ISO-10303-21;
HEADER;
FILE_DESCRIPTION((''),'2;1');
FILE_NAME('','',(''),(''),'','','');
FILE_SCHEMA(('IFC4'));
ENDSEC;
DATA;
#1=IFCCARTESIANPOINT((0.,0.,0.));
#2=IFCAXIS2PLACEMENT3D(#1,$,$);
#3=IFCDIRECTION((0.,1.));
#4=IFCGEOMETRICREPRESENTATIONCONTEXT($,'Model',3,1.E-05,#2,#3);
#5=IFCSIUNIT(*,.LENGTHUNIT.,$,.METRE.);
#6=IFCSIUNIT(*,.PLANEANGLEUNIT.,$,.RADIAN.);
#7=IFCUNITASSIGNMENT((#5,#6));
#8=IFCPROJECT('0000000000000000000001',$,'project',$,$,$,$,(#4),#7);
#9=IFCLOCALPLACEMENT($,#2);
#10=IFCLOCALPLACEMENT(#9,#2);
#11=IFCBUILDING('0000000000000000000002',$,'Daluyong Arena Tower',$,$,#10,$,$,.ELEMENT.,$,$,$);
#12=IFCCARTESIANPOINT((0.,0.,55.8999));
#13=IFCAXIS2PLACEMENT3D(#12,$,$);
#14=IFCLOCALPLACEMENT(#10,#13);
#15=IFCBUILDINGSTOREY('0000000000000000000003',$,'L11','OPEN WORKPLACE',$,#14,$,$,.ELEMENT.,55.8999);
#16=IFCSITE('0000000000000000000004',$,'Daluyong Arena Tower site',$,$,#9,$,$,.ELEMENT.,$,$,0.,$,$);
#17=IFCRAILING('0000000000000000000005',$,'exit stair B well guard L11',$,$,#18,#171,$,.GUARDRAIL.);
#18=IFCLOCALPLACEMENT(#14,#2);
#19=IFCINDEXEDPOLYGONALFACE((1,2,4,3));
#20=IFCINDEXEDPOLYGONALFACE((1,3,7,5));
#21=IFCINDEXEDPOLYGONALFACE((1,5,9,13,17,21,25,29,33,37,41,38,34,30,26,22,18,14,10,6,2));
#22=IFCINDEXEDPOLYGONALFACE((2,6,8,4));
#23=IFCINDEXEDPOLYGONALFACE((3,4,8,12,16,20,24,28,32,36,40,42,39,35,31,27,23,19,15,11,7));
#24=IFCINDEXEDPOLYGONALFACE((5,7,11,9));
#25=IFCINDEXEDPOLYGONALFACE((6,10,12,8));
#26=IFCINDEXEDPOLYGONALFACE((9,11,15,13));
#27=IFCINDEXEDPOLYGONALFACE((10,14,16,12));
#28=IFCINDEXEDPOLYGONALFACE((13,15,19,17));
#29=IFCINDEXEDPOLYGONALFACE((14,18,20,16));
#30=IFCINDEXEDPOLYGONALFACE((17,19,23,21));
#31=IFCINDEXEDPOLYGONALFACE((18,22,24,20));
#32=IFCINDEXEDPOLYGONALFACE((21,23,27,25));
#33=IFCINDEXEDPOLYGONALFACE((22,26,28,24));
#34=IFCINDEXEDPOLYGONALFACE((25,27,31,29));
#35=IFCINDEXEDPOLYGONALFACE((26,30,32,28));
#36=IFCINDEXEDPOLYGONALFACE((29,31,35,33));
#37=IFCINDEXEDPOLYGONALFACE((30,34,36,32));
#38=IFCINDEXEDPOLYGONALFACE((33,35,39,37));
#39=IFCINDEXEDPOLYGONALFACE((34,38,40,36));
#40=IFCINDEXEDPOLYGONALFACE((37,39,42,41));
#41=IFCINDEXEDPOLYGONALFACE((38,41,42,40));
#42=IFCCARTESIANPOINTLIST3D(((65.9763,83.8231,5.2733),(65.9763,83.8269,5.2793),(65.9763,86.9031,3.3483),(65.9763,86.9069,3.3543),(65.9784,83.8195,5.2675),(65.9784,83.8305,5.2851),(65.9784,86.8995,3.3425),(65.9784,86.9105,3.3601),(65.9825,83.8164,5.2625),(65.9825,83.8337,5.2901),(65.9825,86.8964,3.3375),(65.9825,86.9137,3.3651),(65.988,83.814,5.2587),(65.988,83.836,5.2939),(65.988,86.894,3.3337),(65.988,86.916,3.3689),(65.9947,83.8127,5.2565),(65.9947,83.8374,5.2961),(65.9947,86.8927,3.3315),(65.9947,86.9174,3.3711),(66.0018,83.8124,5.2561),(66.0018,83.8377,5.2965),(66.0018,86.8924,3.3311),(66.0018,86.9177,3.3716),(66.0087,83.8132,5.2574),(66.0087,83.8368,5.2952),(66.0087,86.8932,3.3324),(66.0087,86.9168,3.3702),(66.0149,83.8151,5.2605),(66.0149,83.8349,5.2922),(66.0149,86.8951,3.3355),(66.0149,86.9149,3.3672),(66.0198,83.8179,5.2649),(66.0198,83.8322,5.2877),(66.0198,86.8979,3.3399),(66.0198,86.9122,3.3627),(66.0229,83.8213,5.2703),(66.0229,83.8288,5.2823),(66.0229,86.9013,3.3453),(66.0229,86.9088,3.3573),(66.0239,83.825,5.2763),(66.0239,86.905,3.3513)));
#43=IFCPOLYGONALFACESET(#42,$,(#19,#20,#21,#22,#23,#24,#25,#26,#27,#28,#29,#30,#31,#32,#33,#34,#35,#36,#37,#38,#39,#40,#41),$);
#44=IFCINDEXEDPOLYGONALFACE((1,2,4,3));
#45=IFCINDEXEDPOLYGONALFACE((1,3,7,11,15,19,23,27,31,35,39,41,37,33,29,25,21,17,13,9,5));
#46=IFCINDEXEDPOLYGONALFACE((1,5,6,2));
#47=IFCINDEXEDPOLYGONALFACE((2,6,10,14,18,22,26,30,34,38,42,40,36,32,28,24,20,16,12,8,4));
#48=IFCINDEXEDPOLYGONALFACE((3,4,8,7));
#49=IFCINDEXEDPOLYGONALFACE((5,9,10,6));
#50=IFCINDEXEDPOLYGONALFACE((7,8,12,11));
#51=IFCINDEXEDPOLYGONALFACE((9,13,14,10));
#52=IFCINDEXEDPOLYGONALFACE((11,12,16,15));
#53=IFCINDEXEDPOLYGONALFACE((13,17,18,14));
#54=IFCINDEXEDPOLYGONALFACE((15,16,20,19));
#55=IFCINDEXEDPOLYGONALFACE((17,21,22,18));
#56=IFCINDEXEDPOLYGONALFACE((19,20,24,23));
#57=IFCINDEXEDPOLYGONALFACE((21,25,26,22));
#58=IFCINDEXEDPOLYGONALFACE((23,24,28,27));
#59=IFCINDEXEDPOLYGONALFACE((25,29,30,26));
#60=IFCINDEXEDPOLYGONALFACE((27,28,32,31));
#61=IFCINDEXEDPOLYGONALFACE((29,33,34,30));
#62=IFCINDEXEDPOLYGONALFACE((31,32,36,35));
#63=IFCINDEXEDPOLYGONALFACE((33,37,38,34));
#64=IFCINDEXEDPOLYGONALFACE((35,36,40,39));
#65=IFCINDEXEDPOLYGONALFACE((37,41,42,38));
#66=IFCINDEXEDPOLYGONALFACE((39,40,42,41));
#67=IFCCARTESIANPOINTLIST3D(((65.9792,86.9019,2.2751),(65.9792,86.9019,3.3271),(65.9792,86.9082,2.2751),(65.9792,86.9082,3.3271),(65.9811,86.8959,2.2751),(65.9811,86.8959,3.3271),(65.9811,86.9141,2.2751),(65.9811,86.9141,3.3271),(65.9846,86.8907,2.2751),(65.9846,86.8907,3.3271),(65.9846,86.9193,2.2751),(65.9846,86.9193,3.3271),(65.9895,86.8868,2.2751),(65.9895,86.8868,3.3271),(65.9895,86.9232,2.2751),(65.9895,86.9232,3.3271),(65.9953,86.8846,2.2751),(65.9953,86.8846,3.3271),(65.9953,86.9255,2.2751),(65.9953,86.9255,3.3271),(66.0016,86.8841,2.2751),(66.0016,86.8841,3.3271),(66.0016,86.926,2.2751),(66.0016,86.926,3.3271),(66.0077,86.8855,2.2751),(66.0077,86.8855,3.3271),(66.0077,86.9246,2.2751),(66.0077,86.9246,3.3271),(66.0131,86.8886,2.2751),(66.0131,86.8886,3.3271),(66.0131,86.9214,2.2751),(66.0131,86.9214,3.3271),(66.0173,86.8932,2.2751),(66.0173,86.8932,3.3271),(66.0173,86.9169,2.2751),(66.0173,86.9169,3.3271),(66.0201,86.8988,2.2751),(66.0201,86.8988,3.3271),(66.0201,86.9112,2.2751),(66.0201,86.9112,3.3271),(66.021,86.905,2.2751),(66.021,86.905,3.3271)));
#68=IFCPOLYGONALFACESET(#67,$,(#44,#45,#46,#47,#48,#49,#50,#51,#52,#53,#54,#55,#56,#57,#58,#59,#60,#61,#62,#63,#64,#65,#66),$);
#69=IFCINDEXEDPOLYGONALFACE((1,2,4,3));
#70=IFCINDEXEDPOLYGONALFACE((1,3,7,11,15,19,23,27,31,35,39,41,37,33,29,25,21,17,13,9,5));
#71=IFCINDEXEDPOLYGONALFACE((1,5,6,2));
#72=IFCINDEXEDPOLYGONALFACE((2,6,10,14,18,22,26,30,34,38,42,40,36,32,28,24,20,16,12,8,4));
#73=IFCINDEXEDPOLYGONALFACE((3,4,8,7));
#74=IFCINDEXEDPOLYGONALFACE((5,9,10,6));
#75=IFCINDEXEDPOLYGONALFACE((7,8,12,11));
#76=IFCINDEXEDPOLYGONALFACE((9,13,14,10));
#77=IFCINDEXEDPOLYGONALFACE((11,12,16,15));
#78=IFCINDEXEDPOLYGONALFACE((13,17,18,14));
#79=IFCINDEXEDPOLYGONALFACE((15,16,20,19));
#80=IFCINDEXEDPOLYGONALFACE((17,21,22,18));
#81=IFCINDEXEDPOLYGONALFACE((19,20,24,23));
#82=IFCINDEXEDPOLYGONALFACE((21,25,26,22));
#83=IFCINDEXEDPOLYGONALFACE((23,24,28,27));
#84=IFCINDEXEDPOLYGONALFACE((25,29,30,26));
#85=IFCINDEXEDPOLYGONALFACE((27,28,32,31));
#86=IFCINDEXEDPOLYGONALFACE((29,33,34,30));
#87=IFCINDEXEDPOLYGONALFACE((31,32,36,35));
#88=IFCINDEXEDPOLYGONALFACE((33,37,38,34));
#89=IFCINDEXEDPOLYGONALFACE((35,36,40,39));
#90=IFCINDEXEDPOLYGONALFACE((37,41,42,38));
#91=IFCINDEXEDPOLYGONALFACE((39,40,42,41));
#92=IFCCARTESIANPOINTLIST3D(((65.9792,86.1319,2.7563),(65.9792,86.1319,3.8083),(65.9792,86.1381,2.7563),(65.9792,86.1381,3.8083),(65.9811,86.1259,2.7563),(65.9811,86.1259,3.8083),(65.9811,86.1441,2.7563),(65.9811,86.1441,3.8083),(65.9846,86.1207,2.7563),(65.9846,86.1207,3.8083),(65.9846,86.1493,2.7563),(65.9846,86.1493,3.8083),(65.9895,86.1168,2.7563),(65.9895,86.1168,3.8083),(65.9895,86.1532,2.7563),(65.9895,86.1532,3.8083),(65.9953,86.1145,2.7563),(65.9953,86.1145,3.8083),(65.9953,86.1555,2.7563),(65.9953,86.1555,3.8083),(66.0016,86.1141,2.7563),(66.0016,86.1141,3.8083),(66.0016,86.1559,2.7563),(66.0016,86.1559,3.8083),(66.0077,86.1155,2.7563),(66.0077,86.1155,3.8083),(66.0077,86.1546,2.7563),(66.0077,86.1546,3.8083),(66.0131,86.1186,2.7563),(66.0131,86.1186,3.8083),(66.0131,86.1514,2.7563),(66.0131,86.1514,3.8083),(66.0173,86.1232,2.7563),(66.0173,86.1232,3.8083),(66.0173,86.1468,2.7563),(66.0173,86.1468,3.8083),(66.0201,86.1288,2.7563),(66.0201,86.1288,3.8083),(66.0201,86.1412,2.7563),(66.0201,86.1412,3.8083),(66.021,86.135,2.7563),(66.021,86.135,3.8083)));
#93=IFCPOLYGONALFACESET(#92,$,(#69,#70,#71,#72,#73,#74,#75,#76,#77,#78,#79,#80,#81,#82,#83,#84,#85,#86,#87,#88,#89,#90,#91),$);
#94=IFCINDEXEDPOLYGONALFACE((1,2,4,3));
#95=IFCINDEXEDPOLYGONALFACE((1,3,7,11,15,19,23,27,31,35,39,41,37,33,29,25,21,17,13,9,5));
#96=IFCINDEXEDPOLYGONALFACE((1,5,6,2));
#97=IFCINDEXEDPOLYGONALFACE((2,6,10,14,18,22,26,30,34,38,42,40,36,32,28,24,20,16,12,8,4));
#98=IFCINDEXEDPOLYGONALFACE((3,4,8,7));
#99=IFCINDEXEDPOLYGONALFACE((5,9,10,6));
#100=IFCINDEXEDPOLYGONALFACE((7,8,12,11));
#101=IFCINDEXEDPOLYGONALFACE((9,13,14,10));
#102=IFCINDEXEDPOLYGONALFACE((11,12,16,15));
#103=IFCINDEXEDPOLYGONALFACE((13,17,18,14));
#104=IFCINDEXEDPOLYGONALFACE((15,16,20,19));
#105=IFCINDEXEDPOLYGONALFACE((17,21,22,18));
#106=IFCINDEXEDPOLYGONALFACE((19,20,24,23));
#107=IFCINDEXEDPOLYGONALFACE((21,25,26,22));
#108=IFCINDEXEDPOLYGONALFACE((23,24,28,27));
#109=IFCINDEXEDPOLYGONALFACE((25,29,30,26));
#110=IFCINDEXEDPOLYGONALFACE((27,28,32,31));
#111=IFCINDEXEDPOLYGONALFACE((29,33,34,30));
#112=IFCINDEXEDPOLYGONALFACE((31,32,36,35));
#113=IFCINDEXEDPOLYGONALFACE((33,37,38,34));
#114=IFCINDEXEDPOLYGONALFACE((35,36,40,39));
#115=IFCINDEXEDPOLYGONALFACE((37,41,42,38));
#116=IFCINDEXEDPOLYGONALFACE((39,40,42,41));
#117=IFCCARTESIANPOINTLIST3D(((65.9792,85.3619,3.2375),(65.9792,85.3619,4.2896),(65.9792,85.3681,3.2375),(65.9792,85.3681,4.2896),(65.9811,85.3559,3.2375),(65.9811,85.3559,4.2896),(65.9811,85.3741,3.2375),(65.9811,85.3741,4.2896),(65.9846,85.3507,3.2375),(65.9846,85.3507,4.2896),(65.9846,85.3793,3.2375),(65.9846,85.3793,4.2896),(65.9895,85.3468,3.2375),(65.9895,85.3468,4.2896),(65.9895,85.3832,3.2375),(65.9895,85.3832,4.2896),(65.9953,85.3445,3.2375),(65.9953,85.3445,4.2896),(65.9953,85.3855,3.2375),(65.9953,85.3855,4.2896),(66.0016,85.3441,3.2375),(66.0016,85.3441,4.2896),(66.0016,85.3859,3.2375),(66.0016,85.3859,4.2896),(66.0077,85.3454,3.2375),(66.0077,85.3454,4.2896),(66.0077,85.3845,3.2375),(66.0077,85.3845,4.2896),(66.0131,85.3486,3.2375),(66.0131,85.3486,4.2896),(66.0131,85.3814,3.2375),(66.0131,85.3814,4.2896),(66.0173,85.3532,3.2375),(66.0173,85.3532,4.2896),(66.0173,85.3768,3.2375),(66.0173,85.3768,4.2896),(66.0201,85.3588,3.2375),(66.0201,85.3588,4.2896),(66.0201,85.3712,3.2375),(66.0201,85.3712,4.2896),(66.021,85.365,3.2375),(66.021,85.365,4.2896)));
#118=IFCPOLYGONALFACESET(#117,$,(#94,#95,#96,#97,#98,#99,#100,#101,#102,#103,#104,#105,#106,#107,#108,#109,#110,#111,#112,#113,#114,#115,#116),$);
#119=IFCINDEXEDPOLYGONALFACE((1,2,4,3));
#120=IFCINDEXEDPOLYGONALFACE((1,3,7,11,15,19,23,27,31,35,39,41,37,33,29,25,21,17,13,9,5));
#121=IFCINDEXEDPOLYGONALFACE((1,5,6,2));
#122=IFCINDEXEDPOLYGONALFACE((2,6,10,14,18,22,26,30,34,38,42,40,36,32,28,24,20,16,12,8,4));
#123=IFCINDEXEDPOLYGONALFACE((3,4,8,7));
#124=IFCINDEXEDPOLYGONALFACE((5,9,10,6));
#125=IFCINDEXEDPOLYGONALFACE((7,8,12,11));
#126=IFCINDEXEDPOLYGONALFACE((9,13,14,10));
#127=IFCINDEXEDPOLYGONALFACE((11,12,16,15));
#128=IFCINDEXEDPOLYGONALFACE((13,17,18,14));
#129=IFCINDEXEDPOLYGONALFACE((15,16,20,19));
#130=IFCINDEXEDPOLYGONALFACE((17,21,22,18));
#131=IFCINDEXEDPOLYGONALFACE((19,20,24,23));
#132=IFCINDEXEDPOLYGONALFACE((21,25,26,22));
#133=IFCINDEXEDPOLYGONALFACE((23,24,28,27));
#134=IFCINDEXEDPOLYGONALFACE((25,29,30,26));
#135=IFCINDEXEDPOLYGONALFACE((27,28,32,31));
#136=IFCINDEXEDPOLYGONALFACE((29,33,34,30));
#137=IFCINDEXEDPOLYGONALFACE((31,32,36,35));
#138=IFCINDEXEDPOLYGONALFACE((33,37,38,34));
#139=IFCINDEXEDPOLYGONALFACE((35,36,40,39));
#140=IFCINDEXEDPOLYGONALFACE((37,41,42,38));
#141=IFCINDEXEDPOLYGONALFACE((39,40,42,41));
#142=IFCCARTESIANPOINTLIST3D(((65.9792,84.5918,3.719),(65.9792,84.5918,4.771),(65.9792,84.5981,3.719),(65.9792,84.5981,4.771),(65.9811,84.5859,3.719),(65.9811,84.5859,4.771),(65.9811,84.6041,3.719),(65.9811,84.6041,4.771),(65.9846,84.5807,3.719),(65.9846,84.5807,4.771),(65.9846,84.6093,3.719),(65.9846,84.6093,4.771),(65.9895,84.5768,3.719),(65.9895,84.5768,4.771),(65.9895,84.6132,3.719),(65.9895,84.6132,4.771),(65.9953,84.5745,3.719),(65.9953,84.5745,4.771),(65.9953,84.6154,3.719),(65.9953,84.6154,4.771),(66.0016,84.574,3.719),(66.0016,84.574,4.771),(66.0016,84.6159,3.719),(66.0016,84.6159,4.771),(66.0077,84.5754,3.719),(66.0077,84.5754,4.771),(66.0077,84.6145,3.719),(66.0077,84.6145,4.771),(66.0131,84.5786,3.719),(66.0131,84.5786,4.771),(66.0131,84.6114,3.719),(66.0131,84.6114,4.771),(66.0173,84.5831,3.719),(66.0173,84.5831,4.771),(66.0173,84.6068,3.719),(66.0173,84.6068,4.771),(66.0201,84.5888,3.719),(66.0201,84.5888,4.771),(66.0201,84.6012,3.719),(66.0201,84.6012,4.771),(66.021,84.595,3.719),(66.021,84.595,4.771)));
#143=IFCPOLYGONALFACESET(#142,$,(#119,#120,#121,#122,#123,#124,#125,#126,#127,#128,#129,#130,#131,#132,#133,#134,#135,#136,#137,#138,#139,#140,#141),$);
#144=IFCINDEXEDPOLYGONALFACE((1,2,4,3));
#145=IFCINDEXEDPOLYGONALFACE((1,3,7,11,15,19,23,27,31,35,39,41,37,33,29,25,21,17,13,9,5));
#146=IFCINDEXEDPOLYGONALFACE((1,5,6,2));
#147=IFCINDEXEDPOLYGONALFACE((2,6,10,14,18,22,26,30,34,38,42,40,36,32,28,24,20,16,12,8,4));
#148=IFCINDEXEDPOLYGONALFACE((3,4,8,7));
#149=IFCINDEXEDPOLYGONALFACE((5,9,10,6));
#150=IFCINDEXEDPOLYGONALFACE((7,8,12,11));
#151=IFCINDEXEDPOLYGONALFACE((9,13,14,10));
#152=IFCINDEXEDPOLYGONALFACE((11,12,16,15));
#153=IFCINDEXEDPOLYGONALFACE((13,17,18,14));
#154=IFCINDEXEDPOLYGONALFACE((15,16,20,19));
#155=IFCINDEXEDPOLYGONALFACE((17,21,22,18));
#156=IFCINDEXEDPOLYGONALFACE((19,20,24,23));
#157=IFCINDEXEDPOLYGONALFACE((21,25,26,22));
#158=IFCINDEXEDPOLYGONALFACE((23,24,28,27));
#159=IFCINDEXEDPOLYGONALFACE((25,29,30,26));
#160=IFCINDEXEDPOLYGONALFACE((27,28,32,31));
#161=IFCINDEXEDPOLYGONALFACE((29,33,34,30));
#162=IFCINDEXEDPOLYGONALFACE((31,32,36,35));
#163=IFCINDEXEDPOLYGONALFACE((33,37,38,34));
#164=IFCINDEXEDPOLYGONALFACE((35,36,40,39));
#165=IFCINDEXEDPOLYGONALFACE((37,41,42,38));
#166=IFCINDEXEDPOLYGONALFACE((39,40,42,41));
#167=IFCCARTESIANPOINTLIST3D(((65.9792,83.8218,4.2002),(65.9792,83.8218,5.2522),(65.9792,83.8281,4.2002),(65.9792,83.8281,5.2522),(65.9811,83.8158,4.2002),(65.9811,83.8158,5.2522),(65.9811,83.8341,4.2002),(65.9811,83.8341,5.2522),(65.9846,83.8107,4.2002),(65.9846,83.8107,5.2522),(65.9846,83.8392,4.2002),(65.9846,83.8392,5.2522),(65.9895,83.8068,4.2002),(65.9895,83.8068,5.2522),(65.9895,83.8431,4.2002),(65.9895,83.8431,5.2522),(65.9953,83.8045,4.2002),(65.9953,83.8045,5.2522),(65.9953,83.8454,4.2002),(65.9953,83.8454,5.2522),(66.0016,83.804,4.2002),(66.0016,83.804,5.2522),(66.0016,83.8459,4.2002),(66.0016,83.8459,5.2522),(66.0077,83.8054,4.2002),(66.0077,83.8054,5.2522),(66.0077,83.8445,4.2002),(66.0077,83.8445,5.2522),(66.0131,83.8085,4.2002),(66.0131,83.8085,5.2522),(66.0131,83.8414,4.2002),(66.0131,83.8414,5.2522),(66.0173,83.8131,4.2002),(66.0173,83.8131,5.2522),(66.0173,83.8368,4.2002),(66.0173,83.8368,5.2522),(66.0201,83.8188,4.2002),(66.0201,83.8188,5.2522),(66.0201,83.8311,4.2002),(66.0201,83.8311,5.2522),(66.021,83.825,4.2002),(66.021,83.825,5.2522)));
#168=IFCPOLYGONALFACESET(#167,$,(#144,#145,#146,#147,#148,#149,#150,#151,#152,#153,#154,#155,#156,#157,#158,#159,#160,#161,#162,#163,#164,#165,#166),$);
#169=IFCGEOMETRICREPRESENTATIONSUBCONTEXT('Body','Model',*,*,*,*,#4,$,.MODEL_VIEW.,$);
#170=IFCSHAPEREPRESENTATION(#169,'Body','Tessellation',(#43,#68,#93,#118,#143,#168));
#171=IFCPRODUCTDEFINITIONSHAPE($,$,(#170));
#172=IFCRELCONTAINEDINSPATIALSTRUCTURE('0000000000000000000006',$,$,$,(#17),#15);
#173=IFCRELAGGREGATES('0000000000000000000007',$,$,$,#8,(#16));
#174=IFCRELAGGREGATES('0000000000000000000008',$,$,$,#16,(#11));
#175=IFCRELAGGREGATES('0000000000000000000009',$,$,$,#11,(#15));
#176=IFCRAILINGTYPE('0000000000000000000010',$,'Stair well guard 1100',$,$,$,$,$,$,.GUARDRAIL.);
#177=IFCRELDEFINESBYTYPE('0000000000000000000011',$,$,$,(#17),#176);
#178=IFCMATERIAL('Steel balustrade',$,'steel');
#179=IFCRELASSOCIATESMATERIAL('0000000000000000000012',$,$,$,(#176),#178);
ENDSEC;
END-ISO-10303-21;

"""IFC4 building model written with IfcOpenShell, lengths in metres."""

from ifc_helpers import new_model, si_unit, direction, frame, origin, origin_2d, place, context, subcontext, project, spatial, circle, extrude, material, type_object, element, save


model = new_model("IFC4")

# Units and contexts
model_context = context("Model", 3, precision=1e-05, world=origin(), true_north=direction((0.0, 1.0)))
body_context = subcontext(model_context, "Body", "Model", "MODEL_VIEW")
ifc_project = project(units=[si_unit("LENGTHUNIT", "METRE"), si_unit("PLANEANGLEUNIT", "RADIAN")], contexts=[model_context])

# Site, building, storey
site_placement = place(None, origin())
site = spatial("IfcSite", under=ifc_project, at=site_placement, Name="Daluyong Arena Tower site", CompositionType="ELEMENT", RefElevation=0.0)
building_placement = place(site_placement, origin())
building = spatial("IfcBuilding", under=site, at=building_placement, Name="Daluyong Arena Tower", CompositionType="ELEMENT")
storey_placement = place(building_placement, frame((0.0, 0.0, 55.8999)))
storey = spatial("IfcBuildingStorey", under=building, at=storey_placement, Name="L11", Description="OPEN WORKPLACE", CompositionType="ELEMENT", Elevation=55.8999)

# Railing
ifc_material_1 = material(Name="Steel balustrade", Category="steel")
railing_type_1 = type_object("IfcRailingType", Name="Stair well guard 1100", PredefinedType="GUARDRAIL", material=ifc_material_1)
railing_1_placement = place(storey_placement, frame((66.0, 86.905, 2.2751)))
element("IfcRailing", 1, at=railing_1_placement, inside=storey, type_object=railing_type_1, Name="exit stair B well guard L11", PredefinedType="GUARDRAIL", context=body_context, shape_type="SweptSolid", body=[
    extrude(circle(Radius=0.0239, at=origin_2d()), frame((0.0, 0.0, 1.0762), z_axis=(0.0, -0.847998, 0.529999), x_axis=(1.0, 0.0, 0.0)), (0.0, 0.0, 1.0), 3.6321),
    extrude(circle(Radius=0.021, at=origin_2d()), origin(), (0.0, 0.0, 1.0), 1.052),
    extrude(circle(Radius=0.021, at=origin_2d()), frame((0.0, -0.77, 0.4812)), (0.0, 0.0, 1.0), 1.052),
    extrude(circle(Radius=0.021, at=origin_2d()), frame((0.0, -1.54, 0.9624)), (0.0, 0.0, 1.0), 1.052),
    extrude(circle(Radius=0.021, at=origin_2d()), frame((0.0, -2.3101, 1.4438)), (0.0, 0.0, 1.0), 1.052),
    extrude(circle(Radius=0.021, at=origin_2d()), frame((0.0, -3.0801, 1.925)), (0.0, 0.0, 1.0), 1.052),
])

save(model, "model.ifc")
